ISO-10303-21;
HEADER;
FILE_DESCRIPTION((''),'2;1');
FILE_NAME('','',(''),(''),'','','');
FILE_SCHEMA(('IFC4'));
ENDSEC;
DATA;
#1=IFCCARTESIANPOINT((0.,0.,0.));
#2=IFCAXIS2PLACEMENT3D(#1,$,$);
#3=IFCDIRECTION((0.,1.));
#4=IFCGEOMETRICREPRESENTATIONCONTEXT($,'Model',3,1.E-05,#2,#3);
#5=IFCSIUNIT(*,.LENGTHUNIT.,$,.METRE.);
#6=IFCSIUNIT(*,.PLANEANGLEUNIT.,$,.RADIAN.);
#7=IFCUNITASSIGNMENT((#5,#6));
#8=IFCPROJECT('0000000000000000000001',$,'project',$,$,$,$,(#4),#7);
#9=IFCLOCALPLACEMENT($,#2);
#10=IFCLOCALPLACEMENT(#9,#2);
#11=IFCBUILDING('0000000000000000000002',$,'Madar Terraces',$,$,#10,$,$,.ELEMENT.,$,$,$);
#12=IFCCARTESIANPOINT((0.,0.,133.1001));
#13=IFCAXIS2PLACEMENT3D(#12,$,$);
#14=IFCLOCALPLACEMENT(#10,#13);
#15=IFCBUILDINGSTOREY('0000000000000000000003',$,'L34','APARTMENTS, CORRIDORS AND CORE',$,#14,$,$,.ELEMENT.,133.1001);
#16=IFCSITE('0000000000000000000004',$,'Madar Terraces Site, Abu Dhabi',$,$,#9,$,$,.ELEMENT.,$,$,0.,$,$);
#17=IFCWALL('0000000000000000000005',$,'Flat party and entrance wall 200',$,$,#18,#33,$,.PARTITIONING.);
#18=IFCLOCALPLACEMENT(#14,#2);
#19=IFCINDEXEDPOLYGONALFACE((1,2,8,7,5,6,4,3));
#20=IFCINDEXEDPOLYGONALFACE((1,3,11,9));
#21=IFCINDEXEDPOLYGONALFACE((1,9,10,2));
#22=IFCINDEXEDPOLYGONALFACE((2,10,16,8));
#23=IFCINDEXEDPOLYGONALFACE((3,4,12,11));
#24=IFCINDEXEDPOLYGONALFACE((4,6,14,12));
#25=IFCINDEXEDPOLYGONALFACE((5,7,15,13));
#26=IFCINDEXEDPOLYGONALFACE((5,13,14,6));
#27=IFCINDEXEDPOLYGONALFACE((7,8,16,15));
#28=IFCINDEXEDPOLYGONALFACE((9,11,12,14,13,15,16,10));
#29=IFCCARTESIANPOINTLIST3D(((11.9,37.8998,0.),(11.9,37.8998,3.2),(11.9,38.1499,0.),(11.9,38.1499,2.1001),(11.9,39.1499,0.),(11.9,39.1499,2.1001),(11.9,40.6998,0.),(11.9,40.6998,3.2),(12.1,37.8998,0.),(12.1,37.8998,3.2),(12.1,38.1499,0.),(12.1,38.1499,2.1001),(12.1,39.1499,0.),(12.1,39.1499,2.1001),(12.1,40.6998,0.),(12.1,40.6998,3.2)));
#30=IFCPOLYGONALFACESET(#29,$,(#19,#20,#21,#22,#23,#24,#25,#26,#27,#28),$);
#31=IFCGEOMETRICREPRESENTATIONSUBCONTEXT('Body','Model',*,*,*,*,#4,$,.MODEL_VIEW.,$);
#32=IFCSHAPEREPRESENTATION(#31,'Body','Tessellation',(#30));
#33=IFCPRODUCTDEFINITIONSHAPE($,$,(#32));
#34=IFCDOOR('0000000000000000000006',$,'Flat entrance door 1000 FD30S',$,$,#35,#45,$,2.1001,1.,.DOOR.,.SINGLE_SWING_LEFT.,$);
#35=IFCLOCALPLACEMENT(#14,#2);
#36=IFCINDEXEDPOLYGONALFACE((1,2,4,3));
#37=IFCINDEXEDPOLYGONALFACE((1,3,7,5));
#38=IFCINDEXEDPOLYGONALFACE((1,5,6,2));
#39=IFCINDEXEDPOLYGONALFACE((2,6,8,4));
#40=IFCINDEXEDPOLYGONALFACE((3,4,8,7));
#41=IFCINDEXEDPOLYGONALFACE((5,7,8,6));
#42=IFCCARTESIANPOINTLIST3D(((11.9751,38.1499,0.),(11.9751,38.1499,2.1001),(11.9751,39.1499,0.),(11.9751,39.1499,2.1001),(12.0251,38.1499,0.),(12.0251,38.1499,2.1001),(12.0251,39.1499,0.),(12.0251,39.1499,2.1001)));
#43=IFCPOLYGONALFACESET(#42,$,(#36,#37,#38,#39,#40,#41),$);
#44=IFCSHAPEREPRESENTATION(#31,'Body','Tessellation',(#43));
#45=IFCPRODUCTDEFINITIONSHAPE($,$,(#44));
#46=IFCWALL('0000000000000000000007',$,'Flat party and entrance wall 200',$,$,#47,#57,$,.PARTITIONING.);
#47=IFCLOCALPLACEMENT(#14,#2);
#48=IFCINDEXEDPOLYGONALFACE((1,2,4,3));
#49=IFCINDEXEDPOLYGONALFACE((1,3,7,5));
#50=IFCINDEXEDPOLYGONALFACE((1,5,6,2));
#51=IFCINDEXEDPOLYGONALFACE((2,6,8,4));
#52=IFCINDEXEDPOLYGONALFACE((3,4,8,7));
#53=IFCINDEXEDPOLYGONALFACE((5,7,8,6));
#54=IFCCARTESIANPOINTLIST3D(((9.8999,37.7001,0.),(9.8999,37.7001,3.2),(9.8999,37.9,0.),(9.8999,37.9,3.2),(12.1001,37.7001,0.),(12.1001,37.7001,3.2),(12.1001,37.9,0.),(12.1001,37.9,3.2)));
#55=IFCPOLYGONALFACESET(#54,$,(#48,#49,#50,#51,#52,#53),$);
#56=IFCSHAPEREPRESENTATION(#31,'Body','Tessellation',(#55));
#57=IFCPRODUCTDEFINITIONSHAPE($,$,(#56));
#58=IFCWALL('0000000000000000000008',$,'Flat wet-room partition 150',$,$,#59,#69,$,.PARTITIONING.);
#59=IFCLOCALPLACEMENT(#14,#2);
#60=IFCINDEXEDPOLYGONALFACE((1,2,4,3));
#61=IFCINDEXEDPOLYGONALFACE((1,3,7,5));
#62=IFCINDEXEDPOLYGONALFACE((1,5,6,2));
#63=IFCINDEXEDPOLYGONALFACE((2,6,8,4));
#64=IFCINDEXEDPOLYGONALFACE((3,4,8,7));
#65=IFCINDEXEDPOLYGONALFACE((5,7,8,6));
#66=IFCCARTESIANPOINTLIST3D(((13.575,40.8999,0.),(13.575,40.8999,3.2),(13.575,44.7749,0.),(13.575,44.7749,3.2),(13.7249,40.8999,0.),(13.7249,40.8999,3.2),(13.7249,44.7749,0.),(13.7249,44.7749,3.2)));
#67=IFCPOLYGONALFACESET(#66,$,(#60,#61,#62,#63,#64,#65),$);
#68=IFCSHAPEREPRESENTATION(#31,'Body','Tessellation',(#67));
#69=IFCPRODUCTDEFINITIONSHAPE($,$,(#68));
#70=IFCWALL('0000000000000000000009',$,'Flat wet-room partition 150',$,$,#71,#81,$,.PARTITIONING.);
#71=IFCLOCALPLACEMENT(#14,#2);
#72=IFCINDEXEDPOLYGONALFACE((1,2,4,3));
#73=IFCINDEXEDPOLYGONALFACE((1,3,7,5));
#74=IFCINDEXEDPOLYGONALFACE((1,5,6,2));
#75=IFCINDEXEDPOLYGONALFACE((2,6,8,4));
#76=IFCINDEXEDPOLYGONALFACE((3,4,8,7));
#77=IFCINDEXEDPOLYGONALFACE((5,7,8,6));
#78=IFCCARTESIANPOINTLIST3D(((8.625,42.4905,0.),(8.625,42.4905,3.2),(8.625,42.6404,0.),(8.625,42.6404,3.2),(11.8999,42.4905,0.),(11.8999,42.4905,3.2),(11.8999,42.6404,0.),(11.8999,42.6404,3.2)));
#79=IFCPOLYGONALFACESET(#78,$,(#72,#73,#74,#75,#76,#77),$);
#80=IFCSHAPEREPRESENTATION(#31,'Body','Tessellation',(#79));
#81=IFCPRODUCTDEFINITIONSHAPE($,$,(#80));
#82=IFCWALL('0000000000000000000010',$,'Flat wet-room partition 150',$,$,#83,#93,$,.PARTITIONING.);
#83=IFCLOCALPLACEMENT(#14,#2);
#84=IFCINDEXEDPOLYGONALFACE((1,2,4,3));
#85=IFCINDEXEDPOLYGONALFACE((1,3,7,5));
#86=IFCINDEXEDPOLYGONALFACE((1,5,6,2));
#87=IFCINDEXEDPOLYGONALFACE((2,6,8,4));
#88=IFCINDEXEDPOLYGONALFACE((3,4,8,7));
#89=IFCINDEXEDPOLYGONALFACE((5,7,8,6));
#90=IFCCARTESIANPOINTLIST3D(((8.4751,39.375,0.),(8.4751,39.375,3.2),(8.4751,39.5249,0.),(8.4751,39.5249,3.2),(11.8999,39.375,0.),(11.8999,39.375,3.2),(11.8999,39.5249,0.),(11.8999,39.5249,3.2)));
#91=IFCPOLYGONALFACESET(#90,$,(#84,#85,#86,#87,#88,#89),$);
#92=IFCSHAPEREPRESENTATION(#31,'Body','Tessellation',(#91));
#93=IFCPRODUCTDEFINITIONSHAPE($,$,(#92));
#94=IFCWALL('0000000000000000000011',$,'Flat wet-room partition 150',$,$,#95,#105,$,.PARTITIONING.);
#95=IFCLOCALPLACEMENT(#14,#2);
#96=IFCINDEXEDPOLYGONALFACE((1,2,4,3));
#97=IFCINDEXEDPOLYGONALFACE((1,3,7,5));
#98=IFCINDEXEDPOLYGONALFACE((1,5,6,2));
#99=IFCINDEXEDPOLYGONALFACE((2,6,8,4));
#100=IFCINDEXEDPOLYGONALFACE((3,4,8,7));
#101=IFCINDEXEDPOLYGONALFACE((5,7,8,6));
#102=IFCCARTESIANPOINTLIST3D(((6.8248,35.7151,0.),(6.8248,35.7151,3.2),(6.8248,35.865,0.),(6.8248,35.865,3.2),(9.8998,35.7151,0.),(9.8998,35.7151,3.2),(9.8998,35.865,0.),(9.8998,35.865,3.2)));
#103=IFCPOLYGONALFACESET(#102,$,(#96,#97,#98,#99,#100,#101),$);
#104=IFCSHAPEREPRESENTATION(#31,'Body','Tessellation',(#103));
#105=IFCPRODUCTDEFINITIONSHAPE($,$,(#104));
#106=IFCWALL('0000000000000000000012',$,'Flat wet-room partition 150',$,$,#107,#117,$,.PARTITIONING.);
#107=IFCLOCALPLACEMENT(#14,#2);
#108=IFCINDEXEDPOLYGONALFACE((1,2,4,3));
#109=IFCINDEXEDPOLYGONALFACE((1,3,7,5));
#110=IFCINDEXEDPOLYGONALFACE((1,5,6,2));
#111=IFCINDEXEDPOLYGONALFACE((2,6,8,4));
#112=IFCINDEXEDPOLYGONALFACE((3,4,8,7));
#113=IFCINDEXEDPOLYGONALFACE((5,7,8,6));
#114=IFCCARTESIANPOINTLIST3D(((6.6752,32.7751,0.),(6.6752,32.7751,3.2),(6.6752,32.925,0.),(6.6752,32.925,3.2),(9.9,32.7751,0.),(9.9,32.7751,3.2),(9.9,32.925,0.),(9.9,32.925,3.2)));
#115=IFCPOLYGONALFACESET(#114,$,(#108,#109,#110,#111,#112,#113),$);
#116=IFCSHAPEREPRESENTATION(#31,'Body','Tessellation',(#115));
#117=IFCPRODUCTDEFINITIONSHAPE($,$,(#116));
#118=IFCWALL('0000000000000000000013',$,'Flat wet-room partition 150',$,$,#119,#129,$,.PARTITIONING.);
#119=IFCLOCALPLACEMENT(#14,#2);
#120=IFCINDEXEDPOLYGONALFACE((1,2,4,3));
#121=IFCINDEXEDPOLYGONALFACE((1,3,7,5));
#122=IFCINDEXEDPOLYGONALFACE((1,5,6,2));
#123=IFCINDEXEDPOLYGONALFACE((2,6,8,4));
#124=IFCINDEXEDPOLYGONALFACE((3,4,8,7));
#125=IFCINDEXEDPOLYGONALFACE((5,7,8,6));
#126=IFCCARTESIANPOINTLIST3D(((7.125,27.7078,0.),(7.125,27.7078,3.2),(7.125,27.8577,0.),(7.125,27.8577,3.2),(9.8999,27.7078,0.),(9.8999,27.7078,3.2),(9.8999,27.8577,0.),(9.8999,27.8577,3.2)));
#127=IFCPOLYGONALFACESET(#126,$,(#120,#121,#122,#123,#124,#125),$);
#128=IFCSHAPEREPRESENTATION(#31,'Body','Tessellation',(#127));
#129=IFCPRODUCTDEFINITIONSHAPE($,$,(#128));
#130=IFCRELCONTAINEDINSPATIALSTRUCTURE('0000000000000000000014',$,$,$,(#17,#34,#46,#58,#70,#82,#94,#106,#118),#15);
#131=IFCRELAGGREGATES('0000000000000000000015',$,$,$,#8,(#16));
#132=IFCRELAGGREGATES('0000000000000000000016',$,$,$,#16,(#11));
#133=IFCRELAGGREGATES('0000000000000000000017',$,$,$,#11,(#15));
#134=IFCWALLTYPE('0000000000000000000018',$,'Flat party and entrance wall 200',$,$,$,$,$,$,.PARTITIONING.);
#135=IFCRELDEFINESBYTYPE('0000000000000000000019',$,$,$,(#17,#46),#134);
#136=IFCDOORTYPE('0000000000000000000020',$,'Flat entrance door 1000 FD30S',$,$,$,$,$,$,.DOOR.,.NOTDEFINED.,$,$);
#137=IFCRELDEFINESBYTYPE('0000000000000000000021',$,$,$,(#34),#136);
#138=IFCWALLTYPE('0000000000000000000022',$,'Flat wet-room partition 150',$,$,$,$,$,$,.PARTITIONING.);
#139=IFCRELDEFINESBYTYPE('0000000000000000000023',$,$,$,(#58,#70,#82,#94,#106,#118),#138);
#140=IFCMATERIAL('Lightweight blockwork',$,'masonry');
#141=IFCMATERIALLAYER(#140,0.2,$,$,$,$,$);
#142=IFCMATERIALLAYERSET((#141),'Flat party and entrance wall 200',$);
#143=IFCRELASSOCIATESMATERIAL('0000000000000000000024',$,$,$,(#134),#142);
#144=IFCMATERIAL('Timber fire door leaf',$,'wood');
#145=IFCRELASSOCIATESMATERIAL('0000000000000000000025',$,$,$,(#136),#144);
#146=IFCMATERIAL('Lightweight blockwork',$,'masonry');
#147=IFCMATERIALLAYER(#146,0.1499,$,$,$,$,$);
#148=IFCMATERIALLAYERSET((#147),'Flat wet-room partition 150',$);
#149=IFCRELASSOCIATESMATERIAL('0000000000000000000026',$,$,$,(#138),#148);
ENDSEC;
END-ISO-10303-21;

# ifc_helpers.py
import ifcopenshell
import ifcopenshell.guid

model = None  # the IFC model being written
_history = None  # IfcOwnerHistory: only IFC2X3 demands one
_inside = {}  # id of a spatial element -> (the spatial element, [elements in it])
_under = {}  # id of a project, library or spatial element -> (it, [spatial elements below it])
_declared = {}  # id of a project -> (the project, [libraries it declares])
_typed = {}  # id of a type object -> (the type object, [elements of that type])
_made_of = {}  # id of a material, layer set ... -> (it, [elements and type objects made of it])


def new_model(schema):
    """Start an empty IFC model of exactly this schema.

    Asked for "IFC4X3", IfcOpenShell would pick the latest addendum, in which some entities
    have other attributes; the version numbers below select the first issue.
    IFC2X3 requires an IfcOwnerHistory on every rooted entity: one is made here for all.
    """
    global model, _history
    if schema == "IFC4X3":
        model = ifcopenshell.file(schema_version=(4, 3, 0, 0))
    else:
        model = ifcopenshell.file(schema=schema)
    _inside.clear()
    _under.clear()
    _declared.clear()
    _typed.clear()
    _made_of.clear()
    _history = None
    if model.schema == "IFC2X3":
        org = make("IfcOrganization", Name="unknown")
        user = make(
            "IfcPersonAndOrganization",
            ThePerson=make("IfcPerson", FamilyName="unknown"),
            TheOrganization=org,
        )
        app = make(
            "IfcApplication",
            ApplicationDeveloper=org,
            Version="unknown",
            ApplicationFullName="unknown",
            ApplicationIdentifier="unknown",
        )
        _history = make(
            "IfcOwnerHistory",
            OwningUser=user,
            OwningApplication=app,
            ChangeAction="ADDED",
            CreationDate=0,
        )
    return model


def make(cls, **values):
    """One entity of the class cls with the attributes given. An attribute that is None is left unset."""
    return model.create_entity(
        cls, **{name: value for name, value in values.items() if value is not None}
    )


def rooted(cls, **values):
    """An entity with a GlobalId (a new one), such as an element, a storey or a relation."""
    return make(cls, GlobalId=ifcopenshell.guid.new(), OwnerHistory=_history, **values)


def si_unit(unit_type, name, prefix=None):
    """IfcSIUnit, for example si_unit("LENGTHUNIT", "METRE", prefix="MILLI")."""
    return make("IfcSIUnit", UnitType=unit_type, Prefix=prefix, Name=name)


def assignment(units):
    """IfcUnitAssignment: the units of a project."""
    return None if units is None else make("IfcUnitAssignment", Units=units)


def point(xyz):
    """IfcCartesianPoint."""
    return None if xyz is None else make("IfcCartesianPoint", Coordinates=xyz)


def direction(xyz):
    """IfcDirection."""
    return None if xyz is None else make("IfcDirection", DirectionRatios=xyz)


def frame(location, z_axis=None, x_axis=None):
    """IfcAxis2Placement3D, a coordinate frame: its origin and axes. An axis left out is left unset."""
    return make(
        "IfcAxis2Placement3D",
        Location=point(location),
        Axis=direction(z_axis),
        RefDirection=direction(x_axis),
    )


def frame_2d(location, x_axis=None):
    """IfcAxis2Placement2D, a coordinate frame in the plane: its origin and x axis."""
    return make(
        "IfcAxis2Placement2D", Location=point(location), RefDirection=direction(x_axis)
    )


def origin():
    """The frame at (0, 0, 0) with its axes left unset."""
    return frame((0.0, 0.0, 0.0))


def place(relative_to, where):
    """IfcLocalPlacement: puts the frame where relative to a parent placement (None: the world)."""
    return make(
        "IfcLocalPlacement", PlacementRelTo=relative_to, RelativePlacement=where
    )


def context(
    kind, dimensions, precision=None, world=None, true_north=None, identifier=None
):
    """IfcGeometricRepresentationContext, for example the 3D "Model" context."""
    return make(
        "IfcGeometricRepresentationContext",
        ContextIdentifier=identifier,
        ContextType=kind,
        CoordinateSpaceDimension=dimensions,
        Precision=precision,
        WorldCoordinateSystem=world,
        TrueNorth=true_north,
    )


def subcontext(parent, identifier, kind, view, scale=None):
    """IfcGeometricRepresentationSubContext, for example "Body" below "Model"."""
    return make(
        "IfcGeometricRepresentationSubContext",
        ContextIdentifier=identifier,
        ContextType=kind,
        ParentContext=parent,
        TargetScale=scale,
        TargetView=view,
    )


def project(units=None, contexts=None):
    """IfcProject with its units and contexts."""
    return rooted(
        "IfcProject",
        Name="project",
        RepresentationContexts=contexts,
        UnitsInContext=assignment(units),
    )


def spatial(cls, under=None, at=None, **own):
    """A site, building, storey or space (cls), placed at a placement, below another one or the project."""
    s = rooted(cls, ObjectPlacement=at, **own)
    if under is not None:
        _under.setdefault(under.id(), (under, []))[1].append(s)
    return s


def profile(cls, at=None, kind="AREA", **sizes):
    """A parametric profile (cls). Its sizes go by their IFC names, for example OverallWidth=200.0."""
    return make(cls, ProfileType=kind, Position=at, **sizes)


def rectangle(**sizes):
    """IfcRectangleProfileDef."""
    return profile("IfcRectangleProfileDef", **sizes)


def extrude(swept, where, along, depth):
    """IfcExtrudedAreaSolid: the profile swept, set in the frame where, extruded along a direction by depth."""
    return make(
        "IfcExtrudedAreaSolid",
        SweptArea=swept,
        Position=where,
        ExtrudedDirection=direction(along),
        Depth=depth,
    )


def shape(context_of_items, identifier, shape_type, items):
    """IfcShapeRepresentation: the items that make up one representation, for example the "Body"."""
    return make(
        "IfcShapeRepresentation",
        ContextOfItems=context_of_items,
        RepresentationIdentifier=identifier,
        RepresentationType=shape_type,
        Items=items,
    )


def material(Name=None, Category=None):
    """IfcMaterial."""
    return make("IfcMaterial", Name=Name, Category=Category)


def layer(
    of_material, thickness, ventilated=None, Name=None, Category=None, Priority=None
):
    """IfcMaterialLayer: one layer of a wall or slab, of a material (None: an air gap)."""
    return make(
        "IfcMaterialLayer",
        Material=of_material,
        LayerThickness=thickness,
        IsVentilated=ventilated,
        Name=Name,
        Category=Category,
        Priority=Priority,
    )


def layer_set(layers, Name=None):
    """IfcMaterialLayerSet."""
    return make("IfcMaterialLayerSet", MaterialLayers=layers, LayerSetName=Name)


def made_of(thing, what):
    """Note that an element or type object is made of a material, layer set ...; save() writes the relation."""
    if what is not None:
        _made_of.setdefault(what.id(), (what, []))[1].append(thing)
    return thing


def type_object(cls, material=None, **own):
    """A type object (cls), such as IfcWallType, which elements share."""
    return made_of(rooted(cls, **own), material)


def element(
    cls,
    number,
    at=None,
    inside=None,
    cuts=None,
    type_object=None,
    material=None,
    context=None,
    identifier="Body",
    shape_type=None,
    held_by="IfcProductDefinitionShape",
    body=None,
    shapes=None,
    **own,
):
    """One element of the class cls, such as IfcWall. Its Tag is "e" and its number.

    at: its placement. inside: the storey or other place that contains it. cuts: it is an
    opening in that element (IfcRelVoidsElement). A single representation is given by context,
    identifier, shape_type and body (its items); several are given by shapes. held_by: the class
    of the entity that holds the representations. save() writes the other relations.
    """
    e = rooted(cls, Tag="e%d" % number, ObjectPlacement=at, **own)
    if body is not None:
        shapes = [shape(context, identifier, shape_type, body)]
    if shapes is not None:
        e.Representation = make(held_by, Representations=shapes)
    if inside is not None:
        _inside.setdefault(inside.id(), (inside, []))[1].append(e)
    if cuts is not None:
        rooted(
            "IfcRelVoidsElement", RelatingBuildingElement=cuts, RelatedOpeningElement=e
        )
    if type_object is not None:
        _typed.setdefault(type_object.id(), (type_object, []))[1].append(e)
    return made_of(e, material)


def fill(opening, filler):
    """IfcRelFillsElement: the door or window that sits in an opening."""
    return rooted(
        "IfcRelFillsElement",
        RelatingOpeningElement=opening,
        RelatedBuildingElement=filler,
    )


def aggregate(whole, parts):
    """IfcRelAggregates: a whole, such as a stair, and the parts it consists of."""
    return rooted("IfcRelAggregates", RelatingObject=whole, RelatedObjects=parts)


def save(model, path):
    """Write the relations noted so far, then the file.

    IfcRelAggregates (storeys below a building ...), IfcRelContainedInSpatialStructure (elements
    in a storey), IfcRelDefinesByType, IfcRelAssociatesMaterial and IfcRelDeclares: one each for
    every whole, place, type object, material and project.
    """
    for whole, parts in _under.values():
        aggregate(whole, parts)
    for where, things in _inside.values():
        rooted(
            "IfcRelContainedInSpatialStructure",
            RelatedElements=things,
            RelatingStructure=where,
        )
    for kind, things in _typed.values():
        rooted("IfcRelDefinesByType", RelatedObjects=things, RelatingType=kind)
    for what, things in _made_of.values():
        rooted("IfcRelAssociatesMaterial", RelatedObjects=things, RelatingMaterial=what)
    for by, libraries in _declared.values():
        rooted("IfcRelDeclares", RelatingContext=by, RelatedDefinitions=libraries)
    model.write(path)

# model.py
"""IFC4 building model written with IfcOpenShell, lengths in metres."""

from ifc_helpers import new_model, si_unit, direction, frame, frame_2d, origin, place, context, subcontext, project, spatial, rectangle, extrude, material, layer, layer_set, type_object, element, fill, save


model = new_model("IFC4")

# Units and contexts
model_context = context("Model", 3, precision=1e-05, world=origin(), true_north=direction((0.0, 1.0)))
body_context = subcontext(model_context, "Body", "Model", "MODEL_VIEW")
ifc_project = project(units=[si_unit("LENGTHUNIT", "METRE"), si_unit("PLANEANGLEUNIT", "RADIAN")], contexts=[model_context])

# Site, building, storey
site_placement = place(None, origin())
site = spatial("IfcSite", under=ifc_project, at=site_placement, Name="Madar Terraces Site, Abu Dhabi", CompositionType="ELEMENT", RefElevation=0.0)
building_placement = place(site_placement, origin())
building = spatial("IfcBuilding", under=site, at=building_placement, Name="Madar Terraces", CompositionType="ELEMENT")
storey_placement = place(building_placement, frame((0.0, 0.0, 133.1001)))
storey = spatial("IfcBuildingStorey", under=building, at=storey_placement, Name="L34", Description="APARTMENTS, CORRIDORS AND CORE", CompositionType="ELEMENT", Elevation=133.1001)

# Shared definitions
ifc_material_1 = material(Name="Lightweight blockwork", Category="masonry")
ifc_layer_1 = layer(ifc_material_1, 0.2)
ifc_layer_set_1 = layer_set([ifc_layer_1], Name="Flat party and entrance wall 200")
wall_type_1 = type_object("IfcWallType", Name="Flat party and entrance wall 200", PredefinedType="PARTITIONING", material=ifc_layer_set_1)
ifc_material_2 = material(Name="Timber fire door leaf", Category="wood")
door_type_1 = type_object("IfcDoorType", Name="Flat entrance door 1000 FD30S", OperationType="NOTDEFINED", PredefinedType="DOOR", material=ifc_material_2)

# Wall, opening, door
wall_1_placement = place(storey_placement, frame((12.0, 37.8999, 0.0), z_axis=(0.0, 0.0, 1.0), x_axis=(0.0, 1.0, 0.0)))
wall_1 = element("IfcWall", 1, at=wall_1_placement, inside=storey, type_object=wall_type_1, Name="Flat party and entrance wall 200", PredefinedType="PARTITIONING", context=body_context, shape_type="SweptSolid", body=[
    extrude(rectangle(XDim=2.8, YDim=0.2, at=frame_2d((1.3999, 0.0))), origin(), (0.0, 0.0, 1.0), 3.2),
])
opening_1_placement = place(wall_1_placement, frame((0.25, 0.0, 0.0)))
opening_1 = element("IfcOpeningElement", 2, at=opening_1_placement, cuts=wall_1, PredefinedType="OPENING", context=body_context, shape_type="SweptSolid", body=[
    extrude(rectangle(XDim=1.0, YDim=2.1001, at=frame_2d((0.5, 1.05))), frame((0.0, 0.1099, 0.0), z_axis=(0.0, -1.0, 0.0), x_axis=(1.0, 0.0, 0.0)), (0.0, 0.0, 1.0), 0.22),
])
door_1_placement = place(opening_1_placement, origin())
door_1 = element("IfcDoor", 3, at=door_1_placement, inside=storey, type_object=door_type_1, Name="Flat entrance door 1000 FD30S", OperationType="SINGLE_SWING_LEFT", OverallHeight=2.1001, OverallWidth=1.0, PredefinedType="DOOR", context=body_context, shape_type="SweptSolid", body=[
    extrude(rectangle(XDim=1.0, YDim=2.1001, at=frame_2d((0.5, 1.05))), frame((0.0, 0.0249, 0.0), z_axis=(0.0, -1.0, 0.0), x_axis=(1.0, 0.0, 0.0)), (0.0, 0.0, 1.0), 0.05),
])
fill(opening_1, door_1)

# Walls
wall_2_placement = place(storey_placement, frame((12.1001, 37.8, 0.0), z_axis=(0.0, 0.0, 1.0), x_axis=(-1.0, 0.0, 0.0)))
element("IfcWall", 4, at=wall_2_placement, inside=storey, type_object=wall_type_1, Name="Flat party and entrance wall 200", PredefinedType="PARTITIONING", context=body_context, shape_type="SweptSolid", body=[
    extrude(rectangle(XDim=2.2002, YDim=0.2, at=frame_2d((1.1001, 0.0))), origin(), (0.0, 0.0, 1.0), 3.2),
])
ifc_material_3 = material(Name="Lightweight blockwork", Category="masonry")
ifc_layer_2 = layer(ifc_material_3, 0.1499)
ifc_layer_set_2 = layer_set([ifc_layer_2], Name="Flat wet-room partition 150")
wall_type_2 = type_object("IfcWallType", Name="Flat wet-room partition 150", PredefinedType="PARTITIONING", material=ifc_layer_set_2)
wall_3_placement = place(storey_placement, frame((13.6499, 40.8999, 0.0), z_axis=(0.0, 0.0, 1.0), x_axis=(0.0, 1.0, 0.0)))
element("IfcWall", 5, at=wall_3_placement, inside=storey, type_object=wall_type_2, Name="Flat wet-room partition 150", PredefinedType="PARTITIONING", context=body_context, shape_type="SweptSolid", body=[
    extrude(rectangle(XDim=3.875, YDim=0.1499, at=frame_2d((1.9375, 0.0))), origin(), (0.0, 0.0, 1.0), 3.2),
])
wall_4_placement = place(storey_placement, frame((11.8999, 42.5654, 0.0), z_axis=(0.0, 0.0, 1.0), x_axis=(-1.0, 0.0, 0.0)))
element("IfcWall", 6, at=wall_4_placement, inside=storey, type_object=wall_type_2, Name="Flat wet-room partition 150", PredefinedType="PARTITIONING", context=body_context, shape_type="SweptSolid", body=[
    extrude(rectangle(XDim=3.2749, YDim=0.1499, at=frame_2d((1.6375, 0.0))), origin(), (0.0, 0.0, 1.0), 3.2),
])
wall_5_placement = place(storey_placement, frame((11.8999, 39.45, 0.0), z_axis=(0.0, 0.0, 1.0), x_axis=(-1.0, 0.0, 0.0)))
element("IfcWall", 7, at=wall_5_placement, inside=storey, type_object=wall_type_2, Name="Flat wet-room partition 150", PredefinedType="PARTITIONING", context=body_context, shape_type="SweptSolid", body=[
    extrude(rectangle(XDim=3.4248, YDim=0.1499, at=frame_2d((1.7124, 0.0))), origin(), (0.0, 0.0, 1.0), 3.2),
])
wall_6_placement = place(storey_placement, frame((9.8999, 35.79, 0.0), z_axis=(0.0, 0.0, 1.0), x_axis=(-1.0, 0.0, 0.0)))
element("IfcWall", 8, at=wall_6_placement, inside=storey, type_object=wall_type_2, Name="Flat wet-room partition 150", PredefinedType="PARTITIONING", context=body_context, shape_type="SweptSolid", body=[
    extrude(rectangle(XDim=3.075, YDim=0.1499, at=frame_2d((1.5376, 0.0))), origin(), (0.0, 0.0, 1.0), 3.2),
])
wall_7_placement = place(storey_placement, frame((9.8999, 32.8501, 0.0), z_axis=(0.0, 0.0, 1.0), x_axis=(-1.0, 0.0, 0.0)))
element("IfcWall", 9, at=wall_7_placement, inside=storey, type_object=wall_type_2, Name="Flat wet-room partition 150", PredefinedType="PARTITIONING", context=body_context, shape_type="SweptSolid", body=[
    extrude(rectangle(XDim=3.2249, YDim=0.1499, at=frame_2d((1.6123, 0.0))), origin(), (0.0, 0.0, 1.0), 3.2),
])
wall_8_placement = place(storey_placement, frame((9.8999, 27.7827, 0.0), z_axis=(0.0, 0.0, 1.0), x_axis=(-1.0, 0.0, 0.0)))
element("IfcWall", 10, at=wall_8_placement, inside=storey, type_object=wall_type_2, Name="Flat wet-room partition 150", PredefinedType="PARTITIONING", context=body_context, shape_type="SweptSolid", body=[
    extrude(rectangle(XDim=2.7749, YDim=0.1499, at=frame_2d((1.3875, 0.0))), origin(), (0.0, 0.0, 1.0), 3.2),
])

save(model, "model.ifc")
